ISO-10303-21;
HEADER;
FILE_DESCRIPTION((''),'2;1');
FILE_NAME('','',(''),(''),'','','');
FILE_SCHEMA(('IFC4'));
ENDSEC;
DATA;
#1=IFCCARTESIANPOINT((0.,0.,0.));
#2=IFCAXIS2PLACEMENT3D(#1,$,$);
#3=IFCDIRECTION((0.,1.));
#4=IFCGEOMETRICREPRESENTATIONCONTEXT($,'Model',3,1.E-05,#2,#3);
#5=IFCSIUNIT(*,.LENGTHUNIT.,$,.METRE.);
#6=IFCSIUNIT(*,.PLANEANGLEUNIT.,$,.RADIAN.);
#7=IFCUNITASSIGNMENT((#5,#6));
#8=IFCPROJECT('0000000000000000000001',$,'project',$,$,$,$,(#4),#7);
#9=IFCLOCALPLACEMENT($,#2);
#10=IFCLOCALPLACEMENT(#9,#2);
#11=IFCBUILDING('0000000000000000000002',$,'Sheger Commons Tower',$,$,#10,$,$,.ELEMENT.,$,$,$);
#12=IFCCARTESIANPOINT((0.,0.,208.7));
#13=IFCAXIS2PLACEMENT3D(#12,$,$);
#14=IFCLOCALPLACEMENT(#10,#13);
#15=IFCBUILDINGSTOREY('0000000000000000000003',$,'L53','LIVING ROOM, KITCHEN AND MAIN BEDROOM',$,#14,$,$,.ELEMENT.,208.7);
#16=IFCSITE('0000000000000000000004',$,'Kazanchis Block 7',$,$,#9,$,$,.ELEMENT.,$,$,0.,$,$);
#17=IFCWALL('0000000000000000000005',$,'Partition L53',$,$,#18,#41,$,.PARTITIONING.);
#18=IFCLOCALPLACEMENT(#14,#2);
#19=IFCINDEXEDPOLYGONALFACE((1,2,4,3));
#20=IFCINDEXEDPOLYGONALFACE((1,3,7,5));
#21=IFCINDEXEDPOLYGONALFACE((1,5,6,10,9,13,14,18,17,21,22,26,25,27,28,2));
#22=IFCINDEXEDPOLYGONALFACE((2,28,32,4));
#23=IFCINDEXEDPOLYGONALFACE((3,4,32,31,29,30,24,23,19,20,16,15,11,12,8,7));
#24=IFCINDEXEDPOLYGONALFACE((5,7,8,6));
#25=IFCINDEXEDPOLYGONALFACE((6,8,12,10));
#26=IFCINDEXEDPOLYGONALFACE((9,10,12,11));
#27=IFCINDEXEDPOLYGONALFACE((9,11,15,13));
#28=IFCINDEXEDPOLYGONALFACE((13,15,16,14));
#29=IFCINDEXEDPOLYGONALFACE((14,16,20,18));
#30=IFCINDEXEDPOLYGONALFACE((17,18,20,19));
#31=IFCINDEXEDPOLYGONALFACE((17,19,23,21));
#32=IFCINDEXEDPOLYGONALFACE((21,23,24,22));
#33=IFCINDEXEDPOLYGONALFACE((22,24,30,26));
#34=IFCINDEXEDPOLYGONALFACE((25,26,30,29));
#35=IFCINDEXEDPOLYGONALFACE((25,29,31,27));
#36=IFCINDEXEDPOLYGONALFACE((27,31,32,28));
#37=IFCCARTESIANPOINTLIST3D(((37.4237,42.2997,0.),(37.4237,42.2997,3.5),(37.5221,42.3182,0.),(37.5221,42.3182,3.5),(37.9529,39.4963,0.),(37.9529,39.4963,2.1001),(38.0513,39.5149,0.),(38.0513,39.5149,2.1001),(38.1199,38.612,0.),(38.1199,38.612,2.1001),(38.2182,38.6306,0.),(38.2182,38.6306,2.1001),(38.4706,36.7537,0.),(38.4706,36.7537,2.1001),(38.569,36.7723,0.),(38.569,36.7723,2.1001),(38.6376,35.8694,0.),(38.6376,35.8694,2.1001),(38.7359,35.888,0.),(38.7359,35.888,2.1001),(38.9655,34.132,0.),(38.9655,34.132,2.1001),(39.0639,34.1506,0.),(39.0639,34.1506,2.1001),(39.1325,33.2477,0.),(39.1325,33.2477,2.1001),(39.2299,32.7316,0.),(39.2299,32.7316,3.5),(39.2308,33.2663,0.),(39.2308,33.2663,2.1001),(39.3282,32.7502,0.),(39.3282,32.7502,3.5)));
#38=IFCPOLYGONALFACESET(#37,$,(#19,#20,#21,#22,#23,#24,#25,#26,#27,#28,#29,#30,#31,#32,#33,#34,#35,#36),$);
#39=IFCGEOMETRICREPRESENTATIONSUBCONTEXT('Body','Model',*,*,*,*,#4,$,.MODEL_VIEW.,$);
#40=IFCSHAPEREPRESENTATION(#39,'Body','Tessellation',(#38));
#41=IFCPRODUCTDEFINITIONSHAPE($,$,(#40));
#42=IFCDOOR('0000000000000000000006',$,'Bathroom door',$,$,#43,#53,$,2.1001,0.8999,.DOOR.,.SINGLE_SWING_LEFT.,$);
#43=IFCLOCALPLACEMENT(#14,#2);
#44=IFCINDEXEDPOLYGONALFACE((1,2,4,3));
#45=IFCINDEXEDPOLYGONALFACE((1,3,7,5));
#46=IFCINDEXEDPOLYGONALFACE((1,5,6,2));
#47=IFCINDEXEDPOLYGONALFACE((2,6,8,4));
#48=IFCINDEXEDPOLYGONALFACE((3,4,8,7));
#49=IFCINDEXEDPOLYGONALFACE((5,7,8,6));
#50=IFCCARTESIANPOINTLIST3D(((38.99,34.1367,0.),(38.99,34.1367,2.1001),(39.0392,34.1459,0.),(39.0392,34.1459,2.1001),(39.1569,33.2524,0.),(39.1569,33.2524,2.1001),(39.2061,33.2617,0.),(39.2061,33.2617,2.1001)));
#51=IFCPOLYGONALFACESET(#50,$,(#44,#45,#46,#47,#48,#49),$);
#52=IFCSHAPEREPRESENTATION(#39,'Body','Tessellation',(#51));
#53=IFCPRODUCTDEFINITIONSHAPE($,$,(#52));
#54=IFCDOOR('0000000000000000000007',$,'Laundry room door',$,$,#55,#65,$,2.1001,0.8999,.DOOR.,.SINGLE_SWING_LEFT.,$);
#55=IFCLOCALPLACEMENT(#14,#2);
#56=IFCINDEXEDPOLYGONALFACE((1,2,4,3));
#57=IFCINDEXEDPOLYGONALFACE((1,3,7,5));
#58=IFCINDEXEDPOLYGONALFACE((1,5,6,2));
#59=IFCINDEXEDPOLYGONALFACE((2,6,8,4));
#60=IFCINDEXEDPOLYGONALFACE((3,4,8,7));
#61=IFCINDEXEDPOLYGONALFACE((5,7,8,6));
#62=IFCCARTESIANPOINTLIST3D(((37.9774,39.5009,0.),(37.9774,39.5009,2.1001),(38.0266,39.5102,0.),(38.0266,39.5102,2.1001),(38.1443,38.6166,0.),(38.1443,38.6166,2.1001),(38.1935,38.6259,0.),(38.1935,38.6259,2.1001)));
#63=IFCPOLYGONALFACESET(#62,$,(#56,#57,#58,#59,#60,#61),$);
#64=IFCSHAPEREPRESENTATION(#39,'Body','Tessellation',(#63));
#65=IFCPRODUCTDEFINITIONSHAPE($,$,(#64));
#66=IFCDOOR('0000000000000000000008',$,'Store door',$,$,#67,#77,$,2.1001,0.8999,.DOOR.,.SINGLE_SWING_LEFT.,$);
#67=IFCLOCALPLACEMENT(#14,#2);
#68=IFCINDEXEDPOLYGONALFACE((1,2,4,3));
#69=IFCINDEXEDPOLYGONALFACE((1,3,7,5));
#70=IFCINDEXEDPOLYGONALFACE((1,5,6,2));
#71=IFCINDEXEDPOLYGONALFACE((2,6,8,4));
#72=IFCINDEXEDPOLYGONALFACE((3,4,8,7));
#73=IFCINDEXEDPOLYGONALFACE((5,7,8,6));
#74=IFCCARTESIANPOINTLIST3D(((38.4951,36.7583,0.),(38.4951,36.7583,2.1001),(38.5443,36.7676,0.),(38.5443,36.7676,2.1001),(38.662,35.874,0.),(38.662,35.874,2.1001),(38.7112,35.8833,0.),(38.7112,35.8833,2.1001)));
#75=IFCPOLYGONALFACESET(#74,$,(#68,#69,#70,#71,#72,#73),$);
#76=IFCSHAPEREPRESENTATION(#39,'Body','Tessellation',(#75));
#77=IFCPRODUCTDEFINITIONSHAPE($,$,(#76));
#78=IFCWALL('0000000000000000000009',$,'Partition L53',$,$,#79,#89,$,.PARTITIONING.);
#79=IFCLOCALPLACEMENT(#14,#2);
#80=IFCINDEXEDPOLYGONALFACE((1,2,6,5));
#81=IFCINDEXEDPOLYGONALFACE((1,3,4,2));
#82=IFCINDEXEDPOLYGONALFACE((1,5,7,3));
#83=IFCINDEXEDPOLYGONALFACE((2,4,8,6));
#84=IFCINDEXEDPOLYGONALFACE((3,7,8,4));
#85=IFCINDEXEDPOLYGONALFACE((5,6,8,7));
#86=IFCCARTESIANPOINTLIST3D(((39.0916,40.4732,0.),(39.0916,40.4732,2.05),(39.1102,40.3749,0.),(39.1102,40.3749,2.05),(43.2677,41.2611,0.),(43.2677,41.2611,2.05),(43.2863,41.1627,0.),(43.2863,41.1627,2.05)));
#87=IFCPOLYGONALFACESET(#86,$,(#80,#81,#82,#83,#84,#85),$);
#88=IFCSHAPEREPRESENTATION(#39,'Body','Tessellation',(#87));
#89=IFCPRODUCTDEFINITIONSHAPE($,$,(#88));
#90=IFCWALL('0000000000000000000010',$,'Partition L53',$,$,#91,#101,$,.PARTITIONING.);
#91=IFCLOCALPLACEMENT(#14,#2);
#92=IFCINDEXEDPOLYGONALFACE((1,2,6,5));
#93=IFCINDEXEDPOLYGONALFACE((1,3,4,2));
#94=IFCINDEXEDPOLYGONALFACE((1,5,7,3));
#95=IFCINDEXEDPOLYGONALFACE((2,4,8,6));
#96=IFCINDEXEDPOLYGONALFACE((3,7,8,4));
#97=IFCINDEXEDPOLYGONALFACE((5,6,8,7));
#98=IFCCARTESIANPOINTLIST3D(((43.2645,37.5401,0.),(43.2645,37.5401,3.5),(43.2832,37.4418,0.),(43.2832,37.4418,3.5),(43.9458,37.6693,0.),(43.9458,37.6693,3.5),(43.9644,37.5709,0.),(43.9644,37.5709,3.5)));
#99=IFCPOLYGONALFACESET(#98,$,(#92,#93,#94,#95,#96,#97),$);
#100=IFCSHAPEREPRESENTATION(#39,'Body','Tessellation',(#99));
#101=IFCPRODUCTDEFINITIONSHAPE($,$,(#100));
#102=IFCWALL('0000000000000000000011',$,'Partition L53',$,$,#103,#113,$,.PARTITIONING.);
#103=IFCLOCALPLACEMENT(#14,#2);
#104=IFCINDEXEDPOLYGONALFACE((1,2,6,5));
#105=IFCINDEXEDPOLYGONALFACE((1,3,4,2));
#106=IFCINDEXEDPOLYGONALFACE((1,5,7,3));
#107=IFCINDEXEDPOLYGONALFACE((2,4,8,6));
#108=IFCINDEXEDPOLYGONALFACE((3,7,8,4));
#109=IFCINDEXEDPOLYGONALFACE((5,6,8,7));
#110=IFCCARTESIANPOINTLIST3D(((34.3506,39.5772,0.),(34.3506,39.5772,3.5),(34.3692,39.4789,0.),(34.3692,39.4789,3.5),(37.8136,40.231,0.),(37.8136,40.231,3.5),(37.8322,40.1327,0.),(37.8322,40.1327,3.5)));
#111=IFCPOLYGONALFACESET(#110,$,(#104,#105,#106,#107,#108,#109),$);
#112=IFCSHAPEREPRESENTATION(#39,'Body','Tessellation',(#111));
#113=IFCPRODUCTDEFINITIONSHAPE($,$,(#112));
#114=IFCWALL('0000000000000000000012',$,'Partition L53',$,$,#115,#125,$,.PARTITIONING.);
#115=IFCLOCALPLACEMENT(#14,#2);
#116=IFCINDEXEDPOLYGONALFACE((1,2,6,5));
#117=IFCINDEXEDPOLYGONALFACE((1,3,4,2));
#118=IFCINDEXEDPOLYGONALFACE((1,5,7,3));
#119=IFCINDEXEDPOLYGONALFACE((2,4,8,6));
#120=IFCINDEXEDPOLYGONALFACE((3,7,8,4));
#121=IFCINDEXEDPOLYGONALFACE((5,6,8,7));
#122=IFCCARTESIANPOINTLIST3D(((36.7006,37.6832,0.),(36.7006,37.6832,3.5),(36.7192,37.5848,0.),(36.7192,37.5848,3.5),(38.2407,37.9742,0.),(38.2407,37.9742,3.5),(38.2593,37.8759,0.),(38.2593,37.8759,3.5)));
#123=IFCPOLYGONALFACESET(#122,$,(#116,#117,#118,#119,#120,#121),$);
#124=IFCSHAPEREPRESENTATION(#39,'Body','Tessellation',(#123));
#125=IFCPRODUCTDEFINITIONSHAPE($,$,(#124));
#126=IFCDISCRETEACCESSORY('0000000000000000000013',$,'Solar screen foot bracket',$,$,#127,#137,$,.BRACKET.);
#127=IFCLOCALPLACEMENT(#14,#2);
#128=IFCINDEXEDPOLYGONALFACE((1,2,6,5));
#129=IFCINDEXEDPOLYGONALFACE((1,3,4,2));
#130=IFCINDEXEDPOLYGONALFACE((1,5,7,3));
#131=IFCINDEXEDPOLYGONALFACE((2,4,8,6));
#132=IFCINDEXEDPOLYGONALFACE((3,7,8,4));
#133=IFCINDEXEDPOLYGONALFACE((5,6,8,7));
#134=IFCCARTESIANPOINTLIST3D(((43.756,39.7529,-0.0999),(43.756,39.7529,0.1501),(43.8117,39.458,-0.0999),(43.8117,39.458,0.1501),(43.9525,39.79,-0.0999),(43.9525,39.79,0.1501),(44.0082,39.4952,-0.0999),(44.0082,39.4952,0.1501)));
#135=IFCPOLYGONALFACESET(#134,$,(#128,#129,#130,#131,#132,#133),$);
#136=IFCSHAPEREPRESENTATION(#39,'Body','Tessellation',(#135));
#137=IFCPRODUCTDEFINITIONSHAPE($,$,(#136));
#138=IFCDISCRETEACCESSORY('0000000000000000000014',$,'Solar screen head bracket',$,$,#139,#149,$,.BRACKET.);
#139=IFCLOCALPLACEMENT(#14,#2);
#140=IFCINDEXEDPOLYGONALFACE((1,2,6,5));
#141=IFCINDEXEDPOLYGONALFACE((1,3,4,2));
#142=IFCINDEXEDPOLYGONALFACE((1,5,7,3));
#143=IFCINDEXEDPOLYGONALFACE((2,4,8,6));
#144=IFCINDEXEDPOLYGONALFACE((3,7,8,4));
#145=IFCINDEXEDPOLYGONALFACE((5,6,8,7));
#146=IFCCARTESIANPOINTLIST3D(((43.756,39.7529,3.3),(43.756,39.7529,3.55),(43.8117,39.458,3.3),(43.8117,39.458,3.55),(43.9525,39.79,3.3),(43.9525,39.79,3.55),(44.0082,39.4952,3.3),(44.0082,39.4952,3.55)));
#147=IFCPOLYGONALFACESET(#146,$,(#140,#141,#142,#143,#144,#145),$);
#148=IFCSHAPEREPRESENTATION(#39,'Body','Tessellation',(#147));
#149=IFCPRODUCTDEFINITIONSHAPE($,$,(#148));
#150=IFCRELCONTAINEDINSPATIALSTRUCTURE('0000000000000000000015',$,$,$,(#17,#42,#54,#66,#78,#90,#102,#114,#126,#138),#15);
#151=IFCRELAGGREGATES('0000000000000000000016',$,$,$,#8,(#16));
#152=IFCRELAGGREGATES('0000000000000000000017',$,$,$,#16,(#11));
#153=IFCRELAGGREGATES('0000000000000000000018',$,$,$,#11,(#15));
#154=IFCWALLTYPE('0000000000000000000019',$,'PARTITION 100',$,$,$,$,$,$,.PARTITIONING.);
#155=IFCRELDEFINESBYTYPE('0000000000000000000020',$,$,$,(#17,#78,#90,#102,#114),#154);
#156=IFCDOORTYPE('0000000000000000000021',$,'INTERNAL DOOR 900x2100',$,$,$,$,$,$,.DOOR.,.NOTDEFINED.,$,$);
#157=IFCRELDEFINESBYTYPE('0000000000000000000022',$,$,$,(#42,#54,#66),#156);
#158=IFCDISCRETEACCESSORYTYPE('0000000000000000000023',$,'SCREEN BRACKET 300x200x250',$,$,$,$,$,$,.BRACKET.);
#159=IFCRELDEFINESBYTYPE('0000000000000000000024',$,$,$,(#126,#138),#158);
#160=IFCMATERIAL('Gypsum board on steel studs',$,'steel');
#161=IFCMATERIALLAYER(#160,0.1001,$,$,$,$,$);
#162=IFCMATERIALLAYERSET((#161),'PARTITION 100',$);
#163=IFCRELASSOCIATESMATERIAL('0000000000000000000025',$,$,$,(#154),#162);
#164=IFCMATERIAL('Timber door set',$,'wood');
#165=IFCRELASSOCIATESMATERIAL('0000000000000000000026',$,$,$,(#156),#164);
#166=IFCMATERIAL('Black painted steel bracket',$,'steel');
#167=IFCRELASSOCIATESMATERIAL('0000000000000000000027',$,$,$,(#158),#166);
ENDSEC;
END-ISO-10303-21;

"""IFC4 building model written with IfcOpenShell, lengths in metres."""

from ifc_helpers import new_model, si_unit, direction, frame, frame_2d, origin, origin_2d, place, context, subcontext, project, spatial, rectangle, extrude, material, layer, layer_set, type_object, element, fill, save


model = new_model("IFC4")

# Units and contexts
model_context = context("Model", 3, precision=1e-05, world=origin(), true_north=direction((0.0, 1.0)))
body_context = subcontext(model_context, "Body", "Model", "MODEL_VIEW")
ifc_project = project(units=[si_unit("LENGTHUNIT", "METRE"), si_unit("PLANEANGLEUNIT", "RADIAN")], contexts=[model_context])

# Site, building, storey
site_placement = place(None, origin())
site = spatial("IfcSite", under=ifc_project, at=site_placement, Name="Kazanchis Block 7", CompositionType="ELEMENT", RefElevation=0.0)
building_placement = place(site_placement, origin())
building = spatial("IfcBuilding", under=site, at=building_placement, Name="Sheger Commons Tower", CompositionType="ELEMENT")
storey_placement = place(building_placement, frame((0.0, 0.0, 208.7)))
storey = spatial("IfcBuildingStorey", under=building, at=storey_placement, Name="L53", Description="LIVING ROOM, KITCHEN AND MAIN BEDROOM", CompositionType="ELEMENT", Elevation=208.7)

# Shared definitions
ifc_material_1 = material(Name="Gypsum board on steel studs", Category="steel")
ifc_layer_1 = layer(ifc_material_1, 0.1001)
ifc_layer_set_1 = layer_set([ifc_layer_1], Name="PARTITION 100")
wall_type_1 = type_object("IfcWallType", Name="PARTITION 100", PredefinedType="PARTITIONING", material=ifc_layer_set_1)

# Wall, openings, doors
ifc_material_2 = material(Name="Timber door set", Category="wood")
door_type = type_object("IfcDoorType", Name="INTERNAL DOOR 900x2100", OperationType="NOTDEFINED", PredefinedType="DOOR", material=ifc_material_2)
wall_1_placement = place(storey_placement, frame((37.4729, 42.3091, 0.0), z_axis=(0.0, 0.0, 1.0), x_axis=(0.185492, -0.982646, 0.0)))
wall_1 = element("IfcWall", 1, at=wall_1_placement, inside=storey, type_object=wall_type_1, Name="Partition L53", PredefinedType="PARTITIONING", context=body_context, shape_type="SweptSolid", body=[
    extrude(rectangle(XDim=9.7371, YDim=0.1001, at=frame_2d((4.8687, 0.0))), origin(), (0.0, 0.0, 1.0), 3.5),
])
opening_1_placement = place(wall_1_placement, frame((8.312, 0.0, 0.0)))
opening_1 = element("IfcOpeningElement", 2, at=opening_1_placement, cuts=wall_1, PredefinedType="OPENING", context=body_context, shape_type="SweptSolid", body=[
    extrude(rectangle(XDim=0.8999, YDim=2.1001, at=frame_2d((0.45, 1.05))), frame((0.0, 0.0601, 0.0), z_axis=(0.0, -1.0, 0.0), x_axis=(1.0, 0.0, 0.0)), (0.0, 0.0, 1.0), 0.1201),
])
opening_2_placement = place(wall_1_placement, frame((2.853, 0.0, 0.0)))
opening_2 = element("IfcOpeningElement", 3, at=opening_2_placement, cuts=wall_1, PredefinedType="OPENING", context=body_context, shape_type="SweptSolid", body=[
    extrude(rectangle(XDim=0.8999, YDim=2.1001, at=frame_2d((0.45, 1.05))), frame((0.0, 0.0601, 0.0), z_axis=(0.0, -1.0, 0.0), x_axis=(1.0, 0.0, 0.0)), (0.0, 0.0, 1.0), 0.1201),
])
opening_3_placement = place(wall_1_placement, frame((5.644, 0.0, 0.0)))
opening_3 = element("IfcOpeningElement", 4, at=opening_3_placement, cuts=wall_1, PredefinedType="OPENING", context=body_context, shape_type="SweptSolid", body=[
    extrude(rectangle(XDim=0.8999, YDim=2.1001, at=frame_2d((0.45, 1.05))), frame((0.0, 0.0601, 0.0), z_axis=(0.0, -1.0, 0.0), x_axis=(1.0, 0.0, 0.0)), (0.0, 0.0, 1.0), 0.1201),
])
door_1_placement = place(opening_1_placement, origin())
door_1 = element("IfcDoor", 5, at=door_1_placement, inside=storey, type_object=door_type, Name="Bathroom door", OperationType="SINGLE_SWING_LEFT", OverallHeight=2.1001, OverallWidth=0.8999, PredefinedType="DOOR", context=body_context, shape_type="SweptSolid", body=[
    extrude(rectangle(XDim=0.8999, YDim=2.1001, at=frame_2d((0.45, 1.05))), frame((0.0, 0.0249, 0.0), z_axis=(0.0, -1.0, 0.0), x_axis=(1.0, 0.0, 0.0)), (0.0, 0.0, 1.0), 0.05),
])
fill(opening_1, door_1)
door_2_placement = place(opening_2_placement, origin())
door_2 = element("IfcDoor", 6, at=door_2_placement, inside=storey, type_object=door_type, Name="Laundry room door", OperationType="SINGLE_SWING_LEFT", OverallHeight=2.1001, OverallWidth=0.8999, PredefinedType="DOOR", context=body_context, shape_type="SweptSolid", body=[
    extrude(rectangle(XDim=0.8999, YDim=2.1001, at=frame_2d((0.45, 1.05))), frame((0.0, 0.0249, 0.0), z_axis=(0.0, -1.0, 0.0), x_axis=(1.0, 0.0, 0.0)), (0.0, 0.0, 1.0), 0.05),
])
fill(opening_2, door_2)
door_3_placement = place(opening_3_placement, origin())
door_3 = element("IfcDoor", 7, at=door_3_placement, inside=storey, type_object=door_type, Name="Store door", OperationType="SINGLE_SWING_LEFT", OverallHeight=2.1001, OverallWidth=0.8999, PredefinedType="DOOR", context=body_context, shape_type="SweptSolid", body=[
    extrude(rectangle(XDim=0.8999, YDim=2.1001, at=frame_2d((0.45, 1.05))), frame((0.0, 0.0249, 0.0), z_axis=(0.0, -1.0, 0.0), x_axis=(1.0, 0.0, 0.0)), (0.0, 0.0, 1.0), 0.05),
])
fill(opening_3, door_3)

# Walls
wall_2_placement = place(storey_placement, frame((43.2771, 41.2119, 0.0), z_axis=(0.0, 0.0, 1.0), x_axis=(-0.982665, -0.185388, 0.0)))
element("IfcWall", 8, at=wall_2_placement, inside=storey, type_object=wall_type_1, Name="Partition L53", PredefinedType="PARTITIONING", context=body_context, shape_type="SweptSolid", body=[
    extrude(rectangle(XDim=4.2498, YDim=0.1001, at=frame_2d((2.125, 0.0))), origin(), (0.0, 0.0, 1.0), 2.05),
])
wall_3_placement = place(storey_placement, frame((43.9551, 37.6201, 0.0), z_axis=(0.0, 0.0, 1.0), x_axis=(-0.982495, -0.186287, 0.0)))
element("IfcWall", 9, at=wall_3_placement, inside=storey, type_object=wall_type_1, Name="Partition L53", PredefinedType="PARTITIONING", context=body_context, shape_type="SweptSolid", body=[
    extrude(rectangle(XDim=0.6934, YDim=0.1001, at=frame_2d((0.3467, 0.0))), origin(), (0.0, 0.0, 1.0), 3.5),
])
wall_4_placement = place(storey_placement, frame((37.823, 40.1819, 0.0), z_axis=(0.0, 0.0, 1.0), x_axis=(-0.982639, -0.185527, 0.0)))
element("IfcWall", 10, at=wall_4_placement, inside=storey, type_object=wall_type_1, Name="Partition L53", PredefinedType="PARTITIONING", context=body_context, shape_type="SweptSolid", body=[
    extrude(rectangle(XDim=3.5242, YDim=0.1001, at=frame_2d((1.7622, 0.0))), origin(), (0.0, 0.0, 1.0), 3.5),
])
wall_5_placement = place(storey_placement, frame((38.25, 37.925, 0.0), z_axis=(0.0, 0.0, 1.0), x_axis=(-0.98261, -0.18568, 0.0)))
element("IfcWall", 11, at=wall_5_placement, inside=storey, type_object=wall_type_1, Name="Partition L53", PredefinedType="PARTITIONING", context=body_context, shape_type="SweptSolid", body=[
    extrude(rectangle(XDim=1.5674, YDim=0.1001, at=frame_2d((0.7837, 0.0))), origin(), (0.0, 0.0, 1.0), 3.5),
])

# Discrete accessories
ifc_material_3 = material(Name="Black painted steel bracket", Category="steel")
discrete_accessory_type = type_object("IfcDiscreteAccessoryType", Name="SCREEN BRACKET 300x200x250", PredefinedType="BRACKET", material=ifc_material_3)
for number, where, z_axis, x_axis, name in (
    (12, (43.8821, 39.624, -0.0999), (0.0, 0.0, 1.0), (-0.185615, 0.982623, 0.0), "Solar screen foot bracket"),
    (13, (43.8821, 39.624, 3.3), (0.0, 0.0, 1.0), (-0.185615, 0.982623, 0.0), "Solar screen head bracket"),
):
    element("IfcDiscreteAccessory", number, at=place(storey_placement, frame(where, z_axis=z_axis, x_axis=x_axis)), inside=storey, type_object=discrete_accessory_type, Name=name, PredefinedType="BRACKET", context=body_context, shape_type="SweptSolid", body=[
        extrude(rectangle(XDim=0.3, YDim=0.2, at=origin_2d()), origin(), (0.0, 0.0, 1.0), 0.25),
    ])

save(model, "model.ifc")
